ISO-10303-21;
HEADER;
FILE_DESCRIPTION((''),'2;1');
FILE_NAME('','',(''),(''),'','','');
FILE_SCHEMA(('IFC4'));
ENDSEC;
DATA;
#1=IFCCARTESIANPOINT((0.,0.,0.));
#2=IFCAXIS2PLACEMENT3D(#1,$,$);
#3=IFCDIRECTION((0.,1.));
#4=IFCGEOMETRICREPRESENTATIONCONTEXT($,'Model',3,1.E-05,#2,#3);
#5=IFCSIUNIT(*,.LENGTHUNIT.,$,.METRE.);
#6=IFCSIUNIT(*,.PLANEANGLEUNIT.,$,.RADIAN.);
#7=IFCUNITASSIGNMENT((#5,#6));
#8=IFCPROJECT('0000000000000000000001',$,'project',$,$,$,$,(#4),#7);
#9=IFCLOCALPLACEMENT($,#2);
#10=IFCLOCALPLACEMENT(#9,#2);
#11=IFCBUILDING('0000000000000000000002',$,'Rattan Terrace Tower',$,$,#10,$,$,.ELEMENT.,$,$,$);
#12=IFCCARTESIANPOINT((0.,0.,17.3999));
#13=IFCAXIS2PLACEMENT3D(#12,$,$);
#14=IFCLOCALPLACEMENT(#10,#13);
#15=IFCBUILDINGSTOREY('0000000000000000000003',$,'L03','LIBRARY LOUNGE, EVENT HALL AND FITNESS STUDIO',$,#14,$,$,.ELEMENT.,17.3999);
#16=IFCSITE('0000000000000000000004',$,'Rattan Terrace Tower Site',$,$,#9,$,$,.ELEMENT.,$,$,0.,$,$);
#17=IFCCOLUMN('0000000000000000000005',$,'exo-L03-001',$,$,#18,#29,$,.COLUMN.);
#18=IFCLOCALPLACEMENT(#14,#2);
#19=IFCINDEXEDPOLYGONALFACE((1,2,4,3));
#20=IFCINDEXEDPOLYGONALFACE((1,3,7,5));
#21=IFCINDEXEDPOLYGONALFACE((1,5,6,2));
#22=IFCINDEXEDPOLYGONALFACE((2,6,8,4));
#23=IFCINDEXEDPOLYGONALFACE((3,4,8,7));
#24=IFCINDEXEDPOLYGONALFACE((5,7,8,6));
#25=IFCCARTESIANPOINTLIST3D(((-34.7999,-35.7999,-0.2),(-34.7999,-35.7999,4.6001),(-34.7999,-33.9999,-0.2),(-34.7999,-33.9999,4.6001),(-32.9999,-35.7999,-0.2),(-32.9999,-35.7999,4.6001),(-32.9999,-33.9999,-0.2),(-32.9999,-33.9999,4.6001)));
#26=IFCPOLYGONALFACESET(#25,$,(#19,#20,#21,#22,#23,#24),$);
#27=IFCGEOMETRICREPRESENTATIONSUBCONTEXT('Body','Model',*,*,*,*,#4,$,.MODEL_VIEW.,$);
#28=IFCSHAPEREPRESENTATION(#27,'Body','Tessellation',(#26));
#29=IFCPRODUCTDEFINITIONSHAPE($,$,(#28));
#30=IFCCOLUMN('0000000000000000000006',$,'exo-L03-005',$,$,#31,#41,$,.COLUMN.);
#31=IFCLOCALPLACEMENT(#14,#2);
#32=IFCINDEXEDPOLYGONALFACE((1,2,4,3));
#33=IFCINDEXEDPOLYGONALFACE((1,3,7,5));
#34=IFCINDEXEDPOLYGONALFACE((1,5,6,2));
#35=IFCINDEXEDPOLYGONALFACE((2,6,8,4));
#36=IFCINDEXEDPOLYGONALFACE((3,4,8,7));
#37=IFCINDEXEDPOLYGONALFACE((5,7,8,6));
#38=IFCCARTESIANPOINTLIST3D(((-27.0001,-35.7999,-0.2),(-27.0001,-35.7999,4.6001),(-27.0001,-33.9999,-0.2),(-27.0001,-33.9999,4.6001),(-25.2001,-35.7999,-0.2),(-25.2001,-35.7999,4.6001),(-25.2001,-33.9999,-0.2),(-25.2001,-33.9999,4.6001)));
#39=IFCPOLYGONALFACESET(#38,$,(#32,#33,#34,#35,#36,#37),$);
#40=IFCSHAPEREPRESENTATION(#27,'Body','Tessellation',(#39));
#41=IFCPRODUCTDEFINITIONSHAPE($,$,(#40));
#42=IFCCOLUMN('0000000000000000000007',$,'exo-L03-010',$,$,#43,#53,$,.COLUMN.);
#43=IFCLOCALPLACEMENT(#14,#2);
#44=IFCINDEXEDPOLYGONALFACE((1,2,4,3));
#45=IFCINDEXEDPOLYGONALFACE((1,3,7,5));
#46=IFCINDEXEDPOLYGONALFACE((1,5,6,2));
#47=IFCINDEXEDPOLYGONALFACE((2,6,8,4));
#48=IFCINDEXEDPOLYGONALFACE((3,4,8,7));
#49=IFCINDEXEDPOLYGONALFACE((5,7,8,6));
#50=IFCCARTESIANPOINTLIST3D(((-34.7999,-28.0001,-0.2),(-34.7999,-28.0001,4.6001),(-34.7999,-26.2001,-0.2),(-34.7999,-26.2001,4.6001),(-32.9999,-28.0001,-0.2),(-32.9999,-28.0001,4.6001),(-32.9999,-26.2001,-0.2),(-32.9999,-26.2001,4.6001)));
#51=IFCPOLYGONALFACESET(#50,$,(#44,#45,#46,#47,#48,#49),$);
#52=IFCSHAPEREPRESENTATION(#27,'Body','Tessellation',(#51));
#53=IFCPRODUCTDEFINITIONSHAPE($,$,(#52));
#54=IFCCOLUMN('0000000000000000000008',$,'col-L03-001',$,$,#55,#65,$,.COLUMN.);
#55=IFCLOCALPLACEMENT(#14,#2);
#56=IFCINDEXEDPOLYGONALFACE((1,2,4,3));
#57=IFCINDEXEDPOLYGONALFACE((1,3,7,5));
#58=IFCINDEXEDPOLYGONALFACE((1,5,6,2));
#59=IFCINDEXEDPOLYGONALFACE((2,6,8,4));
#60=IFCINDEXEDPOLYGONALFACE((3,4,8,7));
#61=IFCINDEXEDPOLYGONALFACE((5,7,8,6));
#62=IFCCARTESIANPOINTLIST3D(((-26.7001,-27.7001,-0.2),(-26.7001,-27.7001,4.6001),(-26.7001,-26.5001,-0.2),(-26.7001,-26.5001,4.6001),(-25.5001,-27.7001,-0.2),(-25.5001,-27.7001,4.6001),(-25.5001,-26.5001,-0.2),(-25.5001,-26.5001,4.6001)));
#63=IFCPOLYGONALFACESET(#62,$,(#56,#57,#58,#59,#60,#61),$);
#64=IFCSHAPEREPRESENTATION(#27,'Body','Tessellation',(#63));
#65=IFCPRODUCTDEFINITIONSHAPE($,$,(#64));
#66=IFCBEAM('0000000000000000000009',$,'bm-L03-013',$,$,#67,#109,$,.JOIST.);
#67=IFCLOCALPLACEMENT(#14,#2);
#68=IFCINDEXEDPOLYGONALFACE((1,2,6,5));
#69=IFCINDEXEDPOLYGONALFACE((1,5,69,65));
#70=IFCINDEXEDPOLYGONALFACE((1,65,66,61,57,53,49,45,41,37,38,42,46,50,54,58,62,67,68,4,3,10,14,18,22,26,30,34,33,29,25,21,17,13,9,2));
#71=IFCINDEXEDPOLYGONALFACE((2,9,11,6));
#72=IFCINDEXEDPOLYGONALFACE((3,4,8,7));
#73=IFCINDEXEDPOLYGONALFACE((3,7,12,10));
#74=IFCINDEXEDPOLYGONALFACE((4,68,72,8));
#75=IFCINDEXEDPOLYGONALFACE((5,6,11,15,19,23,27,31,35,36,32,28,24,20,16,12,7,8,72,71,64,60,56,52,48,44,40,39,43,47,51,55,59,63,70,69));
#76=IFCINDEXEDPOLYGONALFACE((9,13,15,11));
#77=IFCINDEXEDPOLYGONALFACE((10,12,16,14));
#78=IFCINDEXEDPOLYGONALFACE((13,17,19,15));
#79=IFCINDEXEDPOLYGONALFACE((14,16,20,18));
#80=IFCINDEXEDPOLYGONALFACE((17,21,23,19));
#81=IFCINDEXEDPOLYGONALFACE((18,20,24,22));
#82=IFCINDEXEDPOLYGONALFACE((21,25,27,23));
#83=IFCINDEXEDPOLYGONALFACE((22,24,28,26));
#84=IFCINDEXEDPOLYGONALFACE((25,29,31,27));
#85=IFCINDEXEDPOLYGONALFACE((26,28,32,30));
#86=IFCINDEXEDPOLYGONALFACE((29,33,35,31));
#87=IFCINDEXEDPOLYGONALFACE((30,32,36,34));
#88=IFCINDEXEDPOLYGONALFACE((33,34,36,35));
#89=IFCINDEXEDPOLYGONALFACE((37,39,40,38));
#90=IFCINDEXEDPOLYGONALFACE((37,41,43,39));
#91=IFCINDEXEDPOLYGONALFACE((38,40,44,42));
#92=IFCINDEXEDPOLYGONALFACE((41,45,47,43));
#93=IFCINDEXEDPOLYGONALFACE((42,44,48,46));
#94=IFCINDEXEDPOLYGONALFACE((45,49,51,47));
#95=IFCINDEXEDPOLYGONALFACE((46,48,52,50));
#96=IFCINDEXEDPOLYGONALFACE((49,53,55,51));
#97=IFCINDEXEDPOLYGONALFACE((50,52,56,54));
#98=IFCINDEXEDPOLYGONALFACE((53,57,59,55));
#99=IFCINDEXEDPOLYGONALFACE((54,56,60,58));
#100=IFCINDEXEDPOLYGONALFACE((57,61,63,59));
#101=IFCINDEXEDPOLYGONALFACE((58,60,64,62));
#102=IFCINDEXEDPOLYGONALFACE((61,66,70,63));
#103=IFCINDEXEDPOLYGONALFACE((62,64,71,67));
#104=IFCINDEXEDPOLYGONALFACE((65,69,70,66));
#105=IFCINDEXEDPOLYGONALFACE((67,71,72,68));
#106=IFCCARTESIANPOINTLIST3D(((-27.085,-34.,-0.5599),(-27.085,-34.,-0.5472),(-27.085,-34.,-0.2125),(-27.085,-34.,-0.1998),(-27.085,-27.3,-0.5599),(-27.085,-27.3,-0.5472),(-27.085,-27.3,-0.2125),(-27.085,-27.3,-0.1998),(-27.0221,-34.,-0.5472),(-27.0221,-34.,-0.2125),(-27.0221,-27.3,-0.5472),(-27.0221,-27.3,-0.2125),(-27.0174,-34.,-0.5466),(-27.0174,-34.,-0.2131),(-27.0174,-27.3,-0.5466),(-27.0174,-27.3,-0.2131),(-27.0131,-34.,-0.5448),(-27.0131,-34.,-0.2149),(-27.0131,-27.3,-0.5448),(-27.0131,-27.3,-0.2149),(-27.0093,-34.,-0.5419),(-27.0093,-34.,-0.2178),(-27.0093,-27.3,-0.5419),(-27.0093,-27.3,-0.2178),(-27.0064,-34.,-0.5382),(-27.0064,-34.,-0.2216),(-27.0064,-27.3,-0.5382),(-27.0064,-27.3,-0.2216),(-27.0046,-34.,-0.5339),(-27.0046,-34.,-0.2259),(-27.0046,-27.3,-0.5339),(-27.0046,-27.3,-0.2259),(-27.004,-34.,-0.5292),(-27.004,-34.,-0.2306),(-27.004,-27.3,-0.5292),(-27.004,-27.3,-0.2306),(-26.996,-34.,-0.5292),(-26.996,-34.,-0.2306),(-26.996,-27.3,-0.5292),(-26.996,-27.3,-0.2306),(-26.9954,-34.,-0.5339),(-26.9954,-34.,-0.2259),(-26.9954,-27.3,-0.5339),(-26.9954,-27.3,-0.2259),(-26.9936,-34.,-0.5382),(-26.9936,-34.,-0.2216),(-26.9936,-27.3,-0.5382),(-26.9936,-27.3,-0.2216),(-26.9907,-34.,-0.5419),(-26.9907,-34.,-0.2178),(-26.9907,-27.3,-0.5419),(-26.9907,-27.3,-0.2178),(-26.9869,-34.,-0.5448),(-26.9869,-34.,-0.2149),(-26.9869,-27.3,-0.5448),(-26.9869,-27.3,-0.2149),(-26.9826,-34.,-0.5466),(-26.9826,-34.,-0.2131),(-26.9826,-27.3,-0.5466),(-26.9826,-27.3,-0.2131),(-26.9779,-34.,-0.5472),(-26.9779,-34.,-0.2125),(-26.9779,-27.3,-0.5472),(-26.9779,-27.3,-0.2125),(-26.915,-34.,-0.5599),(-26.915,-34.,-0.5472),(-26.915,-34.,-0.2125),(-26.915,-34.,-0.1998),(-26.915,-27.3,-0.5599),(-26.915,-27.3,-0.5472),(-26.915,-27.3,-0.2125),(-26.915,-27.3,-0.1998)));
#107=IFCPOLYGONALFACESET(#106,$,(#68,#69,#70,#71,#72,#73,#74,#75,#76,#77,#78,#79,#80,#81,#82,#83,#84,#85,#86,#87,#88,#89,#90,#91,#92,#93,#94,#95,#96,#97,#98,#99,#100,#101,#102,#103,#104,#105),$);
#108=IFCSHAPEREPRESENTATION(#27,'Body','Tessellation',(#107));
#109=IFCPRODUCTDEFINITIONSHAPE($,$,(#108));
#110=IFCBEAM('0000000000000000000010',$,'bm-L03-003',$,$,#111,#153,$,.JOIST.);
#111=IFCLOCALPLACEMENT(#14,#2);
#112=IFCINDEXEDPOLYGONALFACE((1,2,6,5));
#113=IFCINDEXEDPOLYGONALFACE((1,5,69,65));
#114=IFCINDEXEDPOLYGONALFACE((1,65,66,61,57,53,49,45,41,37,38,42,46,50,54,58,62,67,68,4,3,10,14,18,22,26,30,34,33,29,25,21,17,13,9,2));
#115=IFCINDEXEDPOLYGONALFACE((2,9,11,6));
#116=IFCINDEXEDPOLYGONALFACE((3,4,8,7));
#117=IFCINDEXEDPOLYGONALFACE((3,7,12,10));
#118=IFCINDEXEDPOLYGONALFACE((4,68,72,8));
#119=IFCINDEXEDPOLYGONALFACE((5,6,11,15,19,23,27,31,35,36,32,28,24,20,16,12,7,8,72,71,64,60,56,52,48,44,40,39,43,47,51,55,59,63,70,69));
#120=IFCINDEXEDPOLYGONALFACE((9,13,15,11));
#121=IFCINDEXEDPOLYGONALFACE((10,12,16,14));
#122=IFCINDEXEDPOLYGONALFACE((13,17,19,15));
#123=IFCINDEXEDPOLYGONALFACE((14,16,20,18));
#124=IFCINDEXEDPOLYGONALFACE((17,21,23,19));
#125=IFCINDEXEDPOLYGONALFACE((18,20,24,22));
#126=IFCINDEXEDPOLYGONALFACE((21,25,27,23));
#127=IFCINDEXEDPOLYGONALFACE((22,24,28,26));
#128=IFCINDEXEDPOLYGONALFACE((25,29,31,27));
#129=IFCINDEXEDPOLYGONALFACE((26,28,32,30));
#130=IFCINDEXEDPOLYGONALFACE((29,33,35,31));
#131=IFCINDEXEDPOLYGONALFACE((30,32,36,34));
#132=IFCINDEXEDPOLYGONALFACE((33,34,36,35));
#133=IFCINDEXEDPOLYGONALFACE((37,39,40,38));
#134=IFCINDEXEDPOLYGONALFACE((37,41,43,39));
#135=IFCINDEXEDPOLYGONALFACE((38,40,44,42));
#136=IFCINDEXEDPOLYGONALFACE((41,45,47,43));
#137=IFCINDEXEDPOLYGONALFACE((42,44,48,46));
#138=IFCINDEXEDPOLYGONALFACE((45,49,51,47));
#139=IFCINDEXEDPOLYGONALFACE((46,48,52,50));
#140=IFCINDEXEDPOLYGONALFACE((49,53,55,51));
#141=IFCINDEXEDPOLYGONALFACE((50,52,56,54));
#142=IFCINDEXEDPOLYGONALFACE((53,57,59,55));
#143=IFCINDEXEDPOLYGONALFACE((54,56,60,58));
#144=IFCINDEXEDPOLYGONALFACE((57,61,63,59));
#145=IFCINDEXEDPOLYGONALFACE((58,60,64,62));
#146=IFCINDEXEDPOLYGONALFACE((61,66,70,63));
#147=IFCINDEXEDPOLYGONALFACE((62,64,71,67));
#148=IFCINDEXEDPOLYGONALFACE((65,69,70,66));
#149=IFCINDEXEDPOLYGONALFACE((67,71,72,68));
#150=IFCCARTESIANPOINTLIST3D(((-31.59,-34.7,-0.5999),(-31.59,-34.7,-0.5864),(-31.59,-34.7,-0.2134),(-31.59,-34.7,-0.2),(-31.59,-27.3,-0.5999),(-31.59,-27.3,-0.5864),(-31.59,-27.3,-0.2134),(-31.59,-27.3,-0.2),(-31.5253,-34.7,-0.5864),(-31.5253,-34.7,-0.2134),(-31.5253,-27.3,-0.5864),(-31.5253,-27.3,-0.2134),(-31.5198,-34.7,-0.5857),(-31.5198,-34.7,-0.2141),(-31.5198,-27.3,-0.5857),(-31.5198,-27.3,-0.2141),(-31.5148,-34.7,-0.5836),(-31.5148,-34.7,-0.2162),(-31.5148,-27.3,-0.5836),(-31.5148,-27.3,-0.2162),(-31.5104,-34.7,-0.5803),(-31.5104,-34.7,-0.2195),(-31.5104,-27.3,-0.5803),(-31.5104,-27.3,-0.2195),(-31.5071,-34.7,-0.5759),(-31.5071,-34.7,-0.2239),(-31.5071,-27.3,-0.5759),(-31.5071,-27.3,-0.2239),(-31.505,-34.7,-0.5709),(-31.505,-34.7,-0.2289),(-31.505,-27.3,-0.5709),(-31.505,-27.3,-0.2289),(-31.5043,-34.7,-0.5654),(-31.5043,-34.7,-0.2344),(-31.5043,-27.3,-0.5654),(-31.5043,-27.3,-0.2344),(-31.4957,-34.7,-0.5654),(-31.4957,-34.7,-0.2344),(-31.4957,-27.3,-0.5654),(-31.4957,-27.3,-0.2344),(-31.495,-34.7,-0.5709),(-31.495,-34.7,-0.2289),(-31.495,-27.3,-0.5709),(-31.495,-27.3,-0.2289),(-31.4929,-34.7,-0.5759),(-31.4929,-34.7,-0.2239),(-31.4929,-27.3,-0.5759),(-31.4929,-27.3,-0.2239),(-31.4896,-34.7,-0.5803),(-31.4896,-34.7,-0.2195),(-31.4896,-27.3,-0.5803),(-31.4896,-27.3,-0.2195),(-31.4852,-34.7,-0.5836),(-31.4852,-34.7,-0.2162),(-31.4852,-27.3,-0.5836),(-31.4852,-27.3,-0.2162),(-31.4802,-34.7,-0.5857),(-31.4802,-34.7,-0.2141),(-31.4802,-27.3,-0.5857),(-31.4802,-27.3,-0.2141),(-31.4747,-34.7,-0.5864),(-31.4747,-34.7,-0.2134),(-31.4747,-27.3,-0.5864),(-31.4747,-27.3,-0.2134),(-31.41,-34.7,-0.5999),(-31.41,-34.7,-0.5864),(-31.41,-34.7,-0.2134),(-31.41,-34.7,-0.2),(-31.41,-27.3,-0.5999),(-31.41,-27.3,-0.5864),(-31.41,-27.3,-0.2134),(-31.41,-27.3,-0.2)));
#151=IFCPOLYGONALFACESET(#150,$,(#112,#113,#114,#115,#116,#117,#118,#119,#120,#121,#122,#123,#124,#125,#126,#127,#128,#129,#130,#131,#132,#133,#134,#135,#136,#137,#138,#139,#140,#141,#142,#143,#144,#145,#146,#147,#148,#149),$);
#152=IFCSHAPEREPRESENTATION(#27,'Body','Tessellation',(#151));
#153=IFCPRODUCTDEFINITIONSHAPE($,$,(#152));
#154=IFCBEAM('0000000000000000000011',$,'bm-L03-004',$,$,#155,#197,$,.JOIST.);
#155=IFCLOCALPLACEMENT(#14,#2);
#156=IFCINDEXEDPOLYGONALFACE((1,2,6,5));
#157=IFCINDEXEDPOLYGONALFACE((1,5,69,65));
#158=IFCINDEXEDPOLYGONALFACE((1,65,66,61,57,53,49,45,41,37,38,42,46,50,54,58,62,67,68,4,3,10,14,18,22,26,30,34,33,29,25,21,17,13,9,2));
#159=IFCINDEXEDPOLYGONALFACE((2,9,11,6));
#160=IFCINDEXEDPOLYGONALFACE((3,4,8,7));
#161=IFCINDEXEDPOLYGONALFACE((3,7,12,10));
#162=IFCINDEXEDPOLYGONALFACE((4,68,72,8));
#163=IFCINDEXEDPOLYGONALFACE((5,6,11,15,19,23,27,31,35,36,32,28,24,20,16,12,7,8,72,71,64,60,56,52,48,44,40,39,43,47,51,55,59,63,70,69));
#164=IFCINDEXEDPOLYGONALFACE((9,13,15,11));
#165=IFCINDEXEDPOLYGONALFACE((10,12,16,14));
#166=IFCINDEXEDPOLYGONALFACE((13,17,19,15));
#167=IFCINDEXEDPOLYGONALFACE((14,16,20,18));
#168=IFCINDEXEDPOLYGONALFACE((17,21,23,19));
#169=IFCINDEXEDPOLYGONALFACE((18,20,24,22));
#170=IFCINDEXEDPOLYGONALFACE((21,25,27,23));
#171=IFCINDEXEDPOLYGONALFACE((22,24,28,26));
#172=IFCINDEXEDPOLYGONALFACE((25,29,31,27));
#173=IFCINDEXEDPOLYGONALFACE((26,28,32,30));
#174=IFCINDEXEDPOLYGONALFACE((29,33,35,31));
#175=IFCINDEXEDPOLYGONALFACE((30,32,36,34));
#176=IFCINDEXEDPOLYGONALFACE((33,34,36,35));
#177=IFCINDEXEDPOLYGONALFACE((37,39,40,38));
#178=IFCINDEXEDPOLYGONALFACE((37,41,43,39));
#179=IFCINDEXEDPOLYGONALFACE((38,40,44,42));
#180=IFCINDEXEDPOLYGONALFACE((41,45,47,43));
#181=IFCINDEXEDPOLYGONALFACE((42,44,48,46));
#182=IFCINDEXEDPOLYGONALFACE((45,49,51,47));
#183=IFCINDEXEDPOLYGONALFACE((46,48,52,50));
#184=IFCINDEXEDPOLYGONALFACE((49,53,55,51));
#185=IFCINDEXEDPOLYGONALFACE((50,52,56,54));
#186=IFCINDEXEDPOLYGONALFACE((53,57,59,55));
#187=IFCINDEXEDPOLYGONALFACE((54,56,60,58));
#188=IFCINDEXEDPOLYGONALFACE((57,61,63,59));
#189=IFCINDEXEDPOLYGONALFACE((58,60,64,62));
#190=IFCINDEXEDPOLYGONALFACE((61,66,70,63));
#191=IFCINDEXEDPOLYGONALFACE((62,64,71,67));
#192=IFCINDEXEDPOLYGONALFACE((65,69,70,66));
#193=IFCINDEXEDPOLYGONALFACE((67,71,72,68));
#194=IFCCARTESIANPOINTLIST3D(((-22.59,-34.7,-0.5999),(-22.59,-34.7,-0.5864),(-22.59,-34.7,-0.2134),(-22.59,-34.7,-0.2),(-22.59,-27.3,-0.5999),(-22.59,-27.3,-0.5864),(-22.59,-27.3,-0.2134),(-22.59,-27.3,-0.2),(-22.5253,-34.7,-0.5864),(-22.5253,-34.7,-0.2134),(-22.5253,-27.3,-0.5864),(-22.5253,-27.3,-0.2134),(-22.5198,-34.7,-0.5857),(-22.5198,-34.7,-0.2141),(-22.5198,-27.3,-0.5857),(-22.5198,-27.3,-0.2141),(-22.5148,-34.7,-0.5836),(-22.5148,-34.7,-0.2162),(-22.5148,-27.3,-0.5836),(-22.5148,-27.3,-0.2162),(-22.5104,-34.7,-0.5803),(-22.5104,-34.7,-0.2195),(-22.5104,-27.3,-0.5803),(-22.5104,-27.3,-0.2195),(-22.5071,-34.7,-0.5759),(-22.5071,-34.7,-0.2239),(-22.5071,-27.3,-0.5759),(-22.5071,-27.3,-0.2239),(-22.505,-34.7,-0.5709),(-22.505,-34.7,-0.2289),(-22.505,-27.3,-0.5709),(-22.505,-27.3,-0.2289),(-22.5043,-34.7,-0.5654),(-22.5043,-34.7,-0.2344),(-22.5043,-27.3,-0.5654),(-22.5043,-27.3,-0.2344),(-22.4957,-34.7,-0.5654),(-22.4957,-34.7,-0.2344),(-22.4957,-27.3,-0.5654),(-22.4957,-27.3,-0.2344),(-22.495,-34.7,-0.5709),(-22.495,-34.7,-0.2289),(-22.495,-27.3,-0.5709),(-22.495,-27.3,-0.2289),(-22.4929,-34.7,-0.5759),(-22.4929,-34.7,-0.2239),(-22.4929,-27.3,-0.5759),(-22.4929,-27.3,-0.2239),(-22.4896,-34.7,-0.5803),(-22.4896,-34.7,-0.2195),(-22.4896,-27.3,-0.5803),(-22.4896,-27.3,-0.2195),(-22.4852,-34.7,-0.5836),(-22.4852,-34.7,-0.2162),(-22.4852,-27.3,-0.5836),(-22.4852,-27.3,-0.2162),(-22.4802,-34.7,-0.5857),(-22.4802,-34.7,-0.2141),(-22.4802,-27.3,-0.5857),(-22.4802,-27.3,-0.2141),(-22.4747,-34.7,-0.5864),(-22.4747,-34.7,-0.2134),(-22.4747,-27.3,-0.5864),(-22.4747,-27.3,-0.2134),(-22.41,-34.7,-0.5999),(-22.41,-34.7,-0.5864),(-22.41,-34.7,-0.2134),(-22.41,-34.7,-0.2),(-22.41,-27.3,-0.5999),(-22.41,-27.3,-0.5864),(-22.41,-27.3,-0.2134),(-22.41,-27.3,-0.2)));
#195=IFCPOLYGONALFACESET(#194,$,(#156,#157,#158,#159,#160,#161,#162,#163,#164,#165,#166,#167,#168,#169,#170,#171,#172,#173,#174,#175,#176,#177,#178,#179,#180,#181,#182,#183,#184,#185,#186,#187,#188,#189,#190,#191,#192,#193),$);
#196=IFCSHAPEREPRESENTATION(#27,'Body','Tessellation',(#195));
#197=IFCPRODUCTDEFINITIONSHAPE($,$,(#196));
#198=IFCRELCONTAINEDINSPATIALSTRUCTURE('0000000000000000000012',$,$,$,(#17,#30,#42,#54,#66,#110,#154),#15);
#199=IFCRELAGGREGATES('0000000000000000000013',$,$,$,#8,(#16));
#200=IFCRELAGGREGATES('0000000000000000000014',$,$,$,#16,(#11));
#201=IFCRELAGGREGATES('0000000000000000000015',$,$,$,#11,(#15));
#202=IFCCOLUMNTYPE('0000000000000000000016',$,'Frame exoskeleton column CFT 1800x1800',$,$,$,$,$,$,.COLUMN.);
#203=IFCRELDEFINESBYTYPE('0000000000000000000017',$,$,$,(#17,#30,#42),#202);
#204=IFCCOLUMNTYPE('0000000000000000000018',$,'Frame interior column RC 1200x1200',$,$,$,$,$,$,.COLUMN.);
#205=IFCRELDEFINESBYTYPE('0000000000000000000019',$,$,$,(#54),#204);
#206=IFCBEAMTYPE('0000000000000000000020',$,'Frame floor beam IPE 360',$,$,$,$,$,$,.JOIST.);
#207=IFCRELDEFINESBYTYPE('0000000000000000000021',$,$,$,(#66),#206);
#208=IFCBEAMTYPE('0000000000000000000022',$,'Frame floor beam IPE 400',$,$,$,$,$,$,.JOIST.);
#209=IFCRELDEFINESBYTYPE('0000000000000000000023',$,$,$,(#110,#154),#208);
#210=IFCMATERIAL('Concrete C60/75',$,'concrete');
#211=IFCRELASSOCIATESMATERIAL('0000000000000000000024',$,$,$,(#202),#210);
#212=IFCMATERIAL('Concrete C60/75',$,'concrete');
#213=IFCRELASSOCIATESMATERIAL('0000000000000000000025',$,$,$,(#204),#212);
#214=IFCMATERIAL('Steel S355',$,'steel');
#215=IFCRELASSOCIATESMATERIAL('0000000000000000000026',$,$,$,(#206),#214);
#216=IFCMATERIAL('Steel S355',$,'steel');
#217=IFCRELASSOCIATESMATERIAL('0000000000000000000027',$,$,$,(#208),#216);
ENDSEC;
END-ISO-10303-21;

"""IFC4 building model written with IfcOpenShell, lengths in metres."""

from ifc_helpers import new_model, si_unit, direction, frame, origin, origin_2d, place, context, subcontext, project, spatial, rectangle, i_section, extrude, material, material_profile, profile_set, type_object, element, save


model = new_model("IFC4")

# Units and contexts
model_context = context("Model", 3, precision=1e-05, world=origin(), true_north=direction((0.0, 1.0)))
body_context = subcontext(model_context, "Body", "Model", "MODEL_VIEW")
ifc_project = project(units=[si_unit("LENGTHUNIT", "METRE"), si_unit("PLANEANGLEUNIT", "RADIAN")], contexts=[model_context])

# Site, building, storey
site_placement = place(None, origin())
site = spatial("IfcSite", under=ifc_project, at=site_placement, Name="Rattan Terrace Tower Site", CompositionType="ELEMENT", RefElevation=0.0)
building_placement = place(site_placement, origin())
building = spatial("IfcBuilding", under=site, at=building_placement, Name="Rattan Terrace Tower", CompositionType="ELEMENT")
storey_placement = place(building_placement, frame((0.0, 0.0, 17.3999)))
storey = spatial("IfcBuildingStorey", under=building, at=storey_placement, Name="L03", Description="LIBRARY LOUNGE, EVENT HALL AND FITNESS STUDIO", CompositionType="ELEMENT", Elevation=17.3999)

# Columns
ifc_material_1 = material(Name="Concrete C60/75", Category="concrete")
ifc_material_profile_1 = material_profile(ifc_material_1, rectangle(XDim=1.8, YDim=1.8, at=origin_2d()), Name="CFT 1800x1800")
ifc_profile_set_1 = profile_set([ifc_material_profile_1], Name="Concrete C60/75")
column_type_1 = type_object("IfcColumnType", Name="Frame exoskeleton column CFT 1800x1800", PredefinedType="COLUMN", material=ifc_profile_set_1)
for number, where, z_axis, x_axis, name in (
    (1, (-33.8999, -34.8999, -0.2), (0.0, 0.0, 1.0), (1.0, 0.0, 0.0), "exo-L03-001"),
    (2, (-26.1001, -34.8999, -0.2), (0.0, 0.0, 1.0), (1.0, 0.0, 0.0), "exo-L03-005"),
    (3, (-33.8999, -27.1001, -0.2), (0.0, 0.0, 1.0), (0.0, 1.0, 0.0), "exo-L03-010"),
):
    element("IfcColumn", number, at=place(storey_placement, frame(where, z_axis=z_axis, x_axis=x_axis)), inside=storey, type_object=column_type_1, Name=name, PredefinedType="COLUMN", context=body_context, shape_type="SweptSolid", body=[
        extrude(rectangle(XDim=1.8, YDim=1.8, at=origin_2d()), origin(), (0.0, 0.0, 1.0), 4.8),
    ])
ifc_material_2 = material(Name="Concrete C60/75", Category="concrete")
ifc_material_profile_2 = material_profile(ifc_material_2, rectangle(XDim=1.2, YDim=1.2, at=origin_2d()), Name="RC 1200x1200")
ifc_profile_set_2 = profile_set([ifc_material_profile_2], Name="Concrete C60/75")
column_type_2 = type_object("IfcColumnType", Name="Frame interior column RC 1200x1200", PredefinedType="COLUMN", material=ifc_profile_set_2)
column_placement = place(storey_placement, frame((-26.1001, -27.1001, -0.2), z_axis=(0.0, 0.0, 1.0), x_axis=(1.0, 0.0, 0.0)))
element("IfcColumn", 4, at=column_placement, inside=storey, type_object=column_type_2, Name="col-L03-001", PredefinedType="COLUMN", context=body_context, shape_type="SweptSolid", body=[
    extrude(rectangle(XDim=1.2, YDim=1.2, at=origin_2d()), origin(), (0.0, 0.0, 1.0), 4.8),
])

# Beams
ifc_material_3 = material(Name="Steel S355", Category="steel")
ifc_material_profile_3 = material_profile(ifc_material_3, i_section(OverallWidth=0.1699, OverallDepth=0.3601, WebThickness=0.0081, FlangeThickness=0.0127, FilletRadius=0.0181, at=origin_2d()), Name="IPE 360")
ifc_profile_set_3 = profile_set([ifc_material_profile_3], Name="Steel S355")
beam_type_1 = type_object("IfcBeamType", Name="Frame floor beam IPE 360", PredefinedType="JOIST", material=ifc_profile_set_3)
beam_1_placement = place(storey_placement, frame((-27.0, -34.0, -0.3799), z_axis=(0.0, 1.0, 0.0), x_axis=(-1.0, 0.0, 0.0)))
element("IfcBeam", 5, at=beam_1_placement, inside=storey, type_object=beam_type_1, Name="bm-L03-013", PredefinedType="JOIST", context=body_context, shape_type="SweptSolid", body=[
    extrude(i_section(OverallWidth=0.1699, OverallDepth=0.3601, WebThickness=0.0081, FlangeThickness=0.0127, FilletRadius=0.0181, at=origin_2d()), origin(), (0.0, 0.0, 1.0), 6.7),
])
ifc_material_4 = material(Name="Steel S355", Category="steel")
ifc_material_profile_4 = material_profile(ifc_material_4, i_section(OverallWidth=0.1799, OverallDepth=0.3999, WebThickness=0.0085, FlangeThickness=0.0134, FilletRadius=0.021, at=origin_2d()), Name="IPE 400")
ifc_profile_set_4 = profile_set([ifc_material_profile_4], Name="Steel S355")
beam_type_2 = type_object("IfcBeamType", Name="Frame floor beam IPE 400", PredefinedType="JOIST", material=ifc_profile_set_4)
for number, where, z_axis, x_axis, name in (
    (6, (-31.5, -34.7, -0.3999), (0.0, 1.0, 0.0), (-1.0, 0.0, 0.0), "bm-L03-003"),
    (7, (-22.5, -34.7, -0.3999), (0.0, 1.0, 0.0), (-1.0, 0.0, 0.0), "bm-L03-004"),
):
    element("IfcBeam", number, at=place(storey_placement, frame(where, z_axis=z_axis, x_axis=x_axis)), inside=storey, type_object=beam_type_2, Name=name, PredefinedType="JOIST", context=body_context, shape_type="SweptSolid", body=[
        extrude(i_section(OverallWidth=0.1799, OverallDepth=0.3999, WebThickness=0.0085, FlangeThickness=0.0134, FilletRadius=0.021, at=origin_2d()), origin(), (0.0, 0.0, 1.0), 7.3999),
    ])

save(model, "model.ifc")
